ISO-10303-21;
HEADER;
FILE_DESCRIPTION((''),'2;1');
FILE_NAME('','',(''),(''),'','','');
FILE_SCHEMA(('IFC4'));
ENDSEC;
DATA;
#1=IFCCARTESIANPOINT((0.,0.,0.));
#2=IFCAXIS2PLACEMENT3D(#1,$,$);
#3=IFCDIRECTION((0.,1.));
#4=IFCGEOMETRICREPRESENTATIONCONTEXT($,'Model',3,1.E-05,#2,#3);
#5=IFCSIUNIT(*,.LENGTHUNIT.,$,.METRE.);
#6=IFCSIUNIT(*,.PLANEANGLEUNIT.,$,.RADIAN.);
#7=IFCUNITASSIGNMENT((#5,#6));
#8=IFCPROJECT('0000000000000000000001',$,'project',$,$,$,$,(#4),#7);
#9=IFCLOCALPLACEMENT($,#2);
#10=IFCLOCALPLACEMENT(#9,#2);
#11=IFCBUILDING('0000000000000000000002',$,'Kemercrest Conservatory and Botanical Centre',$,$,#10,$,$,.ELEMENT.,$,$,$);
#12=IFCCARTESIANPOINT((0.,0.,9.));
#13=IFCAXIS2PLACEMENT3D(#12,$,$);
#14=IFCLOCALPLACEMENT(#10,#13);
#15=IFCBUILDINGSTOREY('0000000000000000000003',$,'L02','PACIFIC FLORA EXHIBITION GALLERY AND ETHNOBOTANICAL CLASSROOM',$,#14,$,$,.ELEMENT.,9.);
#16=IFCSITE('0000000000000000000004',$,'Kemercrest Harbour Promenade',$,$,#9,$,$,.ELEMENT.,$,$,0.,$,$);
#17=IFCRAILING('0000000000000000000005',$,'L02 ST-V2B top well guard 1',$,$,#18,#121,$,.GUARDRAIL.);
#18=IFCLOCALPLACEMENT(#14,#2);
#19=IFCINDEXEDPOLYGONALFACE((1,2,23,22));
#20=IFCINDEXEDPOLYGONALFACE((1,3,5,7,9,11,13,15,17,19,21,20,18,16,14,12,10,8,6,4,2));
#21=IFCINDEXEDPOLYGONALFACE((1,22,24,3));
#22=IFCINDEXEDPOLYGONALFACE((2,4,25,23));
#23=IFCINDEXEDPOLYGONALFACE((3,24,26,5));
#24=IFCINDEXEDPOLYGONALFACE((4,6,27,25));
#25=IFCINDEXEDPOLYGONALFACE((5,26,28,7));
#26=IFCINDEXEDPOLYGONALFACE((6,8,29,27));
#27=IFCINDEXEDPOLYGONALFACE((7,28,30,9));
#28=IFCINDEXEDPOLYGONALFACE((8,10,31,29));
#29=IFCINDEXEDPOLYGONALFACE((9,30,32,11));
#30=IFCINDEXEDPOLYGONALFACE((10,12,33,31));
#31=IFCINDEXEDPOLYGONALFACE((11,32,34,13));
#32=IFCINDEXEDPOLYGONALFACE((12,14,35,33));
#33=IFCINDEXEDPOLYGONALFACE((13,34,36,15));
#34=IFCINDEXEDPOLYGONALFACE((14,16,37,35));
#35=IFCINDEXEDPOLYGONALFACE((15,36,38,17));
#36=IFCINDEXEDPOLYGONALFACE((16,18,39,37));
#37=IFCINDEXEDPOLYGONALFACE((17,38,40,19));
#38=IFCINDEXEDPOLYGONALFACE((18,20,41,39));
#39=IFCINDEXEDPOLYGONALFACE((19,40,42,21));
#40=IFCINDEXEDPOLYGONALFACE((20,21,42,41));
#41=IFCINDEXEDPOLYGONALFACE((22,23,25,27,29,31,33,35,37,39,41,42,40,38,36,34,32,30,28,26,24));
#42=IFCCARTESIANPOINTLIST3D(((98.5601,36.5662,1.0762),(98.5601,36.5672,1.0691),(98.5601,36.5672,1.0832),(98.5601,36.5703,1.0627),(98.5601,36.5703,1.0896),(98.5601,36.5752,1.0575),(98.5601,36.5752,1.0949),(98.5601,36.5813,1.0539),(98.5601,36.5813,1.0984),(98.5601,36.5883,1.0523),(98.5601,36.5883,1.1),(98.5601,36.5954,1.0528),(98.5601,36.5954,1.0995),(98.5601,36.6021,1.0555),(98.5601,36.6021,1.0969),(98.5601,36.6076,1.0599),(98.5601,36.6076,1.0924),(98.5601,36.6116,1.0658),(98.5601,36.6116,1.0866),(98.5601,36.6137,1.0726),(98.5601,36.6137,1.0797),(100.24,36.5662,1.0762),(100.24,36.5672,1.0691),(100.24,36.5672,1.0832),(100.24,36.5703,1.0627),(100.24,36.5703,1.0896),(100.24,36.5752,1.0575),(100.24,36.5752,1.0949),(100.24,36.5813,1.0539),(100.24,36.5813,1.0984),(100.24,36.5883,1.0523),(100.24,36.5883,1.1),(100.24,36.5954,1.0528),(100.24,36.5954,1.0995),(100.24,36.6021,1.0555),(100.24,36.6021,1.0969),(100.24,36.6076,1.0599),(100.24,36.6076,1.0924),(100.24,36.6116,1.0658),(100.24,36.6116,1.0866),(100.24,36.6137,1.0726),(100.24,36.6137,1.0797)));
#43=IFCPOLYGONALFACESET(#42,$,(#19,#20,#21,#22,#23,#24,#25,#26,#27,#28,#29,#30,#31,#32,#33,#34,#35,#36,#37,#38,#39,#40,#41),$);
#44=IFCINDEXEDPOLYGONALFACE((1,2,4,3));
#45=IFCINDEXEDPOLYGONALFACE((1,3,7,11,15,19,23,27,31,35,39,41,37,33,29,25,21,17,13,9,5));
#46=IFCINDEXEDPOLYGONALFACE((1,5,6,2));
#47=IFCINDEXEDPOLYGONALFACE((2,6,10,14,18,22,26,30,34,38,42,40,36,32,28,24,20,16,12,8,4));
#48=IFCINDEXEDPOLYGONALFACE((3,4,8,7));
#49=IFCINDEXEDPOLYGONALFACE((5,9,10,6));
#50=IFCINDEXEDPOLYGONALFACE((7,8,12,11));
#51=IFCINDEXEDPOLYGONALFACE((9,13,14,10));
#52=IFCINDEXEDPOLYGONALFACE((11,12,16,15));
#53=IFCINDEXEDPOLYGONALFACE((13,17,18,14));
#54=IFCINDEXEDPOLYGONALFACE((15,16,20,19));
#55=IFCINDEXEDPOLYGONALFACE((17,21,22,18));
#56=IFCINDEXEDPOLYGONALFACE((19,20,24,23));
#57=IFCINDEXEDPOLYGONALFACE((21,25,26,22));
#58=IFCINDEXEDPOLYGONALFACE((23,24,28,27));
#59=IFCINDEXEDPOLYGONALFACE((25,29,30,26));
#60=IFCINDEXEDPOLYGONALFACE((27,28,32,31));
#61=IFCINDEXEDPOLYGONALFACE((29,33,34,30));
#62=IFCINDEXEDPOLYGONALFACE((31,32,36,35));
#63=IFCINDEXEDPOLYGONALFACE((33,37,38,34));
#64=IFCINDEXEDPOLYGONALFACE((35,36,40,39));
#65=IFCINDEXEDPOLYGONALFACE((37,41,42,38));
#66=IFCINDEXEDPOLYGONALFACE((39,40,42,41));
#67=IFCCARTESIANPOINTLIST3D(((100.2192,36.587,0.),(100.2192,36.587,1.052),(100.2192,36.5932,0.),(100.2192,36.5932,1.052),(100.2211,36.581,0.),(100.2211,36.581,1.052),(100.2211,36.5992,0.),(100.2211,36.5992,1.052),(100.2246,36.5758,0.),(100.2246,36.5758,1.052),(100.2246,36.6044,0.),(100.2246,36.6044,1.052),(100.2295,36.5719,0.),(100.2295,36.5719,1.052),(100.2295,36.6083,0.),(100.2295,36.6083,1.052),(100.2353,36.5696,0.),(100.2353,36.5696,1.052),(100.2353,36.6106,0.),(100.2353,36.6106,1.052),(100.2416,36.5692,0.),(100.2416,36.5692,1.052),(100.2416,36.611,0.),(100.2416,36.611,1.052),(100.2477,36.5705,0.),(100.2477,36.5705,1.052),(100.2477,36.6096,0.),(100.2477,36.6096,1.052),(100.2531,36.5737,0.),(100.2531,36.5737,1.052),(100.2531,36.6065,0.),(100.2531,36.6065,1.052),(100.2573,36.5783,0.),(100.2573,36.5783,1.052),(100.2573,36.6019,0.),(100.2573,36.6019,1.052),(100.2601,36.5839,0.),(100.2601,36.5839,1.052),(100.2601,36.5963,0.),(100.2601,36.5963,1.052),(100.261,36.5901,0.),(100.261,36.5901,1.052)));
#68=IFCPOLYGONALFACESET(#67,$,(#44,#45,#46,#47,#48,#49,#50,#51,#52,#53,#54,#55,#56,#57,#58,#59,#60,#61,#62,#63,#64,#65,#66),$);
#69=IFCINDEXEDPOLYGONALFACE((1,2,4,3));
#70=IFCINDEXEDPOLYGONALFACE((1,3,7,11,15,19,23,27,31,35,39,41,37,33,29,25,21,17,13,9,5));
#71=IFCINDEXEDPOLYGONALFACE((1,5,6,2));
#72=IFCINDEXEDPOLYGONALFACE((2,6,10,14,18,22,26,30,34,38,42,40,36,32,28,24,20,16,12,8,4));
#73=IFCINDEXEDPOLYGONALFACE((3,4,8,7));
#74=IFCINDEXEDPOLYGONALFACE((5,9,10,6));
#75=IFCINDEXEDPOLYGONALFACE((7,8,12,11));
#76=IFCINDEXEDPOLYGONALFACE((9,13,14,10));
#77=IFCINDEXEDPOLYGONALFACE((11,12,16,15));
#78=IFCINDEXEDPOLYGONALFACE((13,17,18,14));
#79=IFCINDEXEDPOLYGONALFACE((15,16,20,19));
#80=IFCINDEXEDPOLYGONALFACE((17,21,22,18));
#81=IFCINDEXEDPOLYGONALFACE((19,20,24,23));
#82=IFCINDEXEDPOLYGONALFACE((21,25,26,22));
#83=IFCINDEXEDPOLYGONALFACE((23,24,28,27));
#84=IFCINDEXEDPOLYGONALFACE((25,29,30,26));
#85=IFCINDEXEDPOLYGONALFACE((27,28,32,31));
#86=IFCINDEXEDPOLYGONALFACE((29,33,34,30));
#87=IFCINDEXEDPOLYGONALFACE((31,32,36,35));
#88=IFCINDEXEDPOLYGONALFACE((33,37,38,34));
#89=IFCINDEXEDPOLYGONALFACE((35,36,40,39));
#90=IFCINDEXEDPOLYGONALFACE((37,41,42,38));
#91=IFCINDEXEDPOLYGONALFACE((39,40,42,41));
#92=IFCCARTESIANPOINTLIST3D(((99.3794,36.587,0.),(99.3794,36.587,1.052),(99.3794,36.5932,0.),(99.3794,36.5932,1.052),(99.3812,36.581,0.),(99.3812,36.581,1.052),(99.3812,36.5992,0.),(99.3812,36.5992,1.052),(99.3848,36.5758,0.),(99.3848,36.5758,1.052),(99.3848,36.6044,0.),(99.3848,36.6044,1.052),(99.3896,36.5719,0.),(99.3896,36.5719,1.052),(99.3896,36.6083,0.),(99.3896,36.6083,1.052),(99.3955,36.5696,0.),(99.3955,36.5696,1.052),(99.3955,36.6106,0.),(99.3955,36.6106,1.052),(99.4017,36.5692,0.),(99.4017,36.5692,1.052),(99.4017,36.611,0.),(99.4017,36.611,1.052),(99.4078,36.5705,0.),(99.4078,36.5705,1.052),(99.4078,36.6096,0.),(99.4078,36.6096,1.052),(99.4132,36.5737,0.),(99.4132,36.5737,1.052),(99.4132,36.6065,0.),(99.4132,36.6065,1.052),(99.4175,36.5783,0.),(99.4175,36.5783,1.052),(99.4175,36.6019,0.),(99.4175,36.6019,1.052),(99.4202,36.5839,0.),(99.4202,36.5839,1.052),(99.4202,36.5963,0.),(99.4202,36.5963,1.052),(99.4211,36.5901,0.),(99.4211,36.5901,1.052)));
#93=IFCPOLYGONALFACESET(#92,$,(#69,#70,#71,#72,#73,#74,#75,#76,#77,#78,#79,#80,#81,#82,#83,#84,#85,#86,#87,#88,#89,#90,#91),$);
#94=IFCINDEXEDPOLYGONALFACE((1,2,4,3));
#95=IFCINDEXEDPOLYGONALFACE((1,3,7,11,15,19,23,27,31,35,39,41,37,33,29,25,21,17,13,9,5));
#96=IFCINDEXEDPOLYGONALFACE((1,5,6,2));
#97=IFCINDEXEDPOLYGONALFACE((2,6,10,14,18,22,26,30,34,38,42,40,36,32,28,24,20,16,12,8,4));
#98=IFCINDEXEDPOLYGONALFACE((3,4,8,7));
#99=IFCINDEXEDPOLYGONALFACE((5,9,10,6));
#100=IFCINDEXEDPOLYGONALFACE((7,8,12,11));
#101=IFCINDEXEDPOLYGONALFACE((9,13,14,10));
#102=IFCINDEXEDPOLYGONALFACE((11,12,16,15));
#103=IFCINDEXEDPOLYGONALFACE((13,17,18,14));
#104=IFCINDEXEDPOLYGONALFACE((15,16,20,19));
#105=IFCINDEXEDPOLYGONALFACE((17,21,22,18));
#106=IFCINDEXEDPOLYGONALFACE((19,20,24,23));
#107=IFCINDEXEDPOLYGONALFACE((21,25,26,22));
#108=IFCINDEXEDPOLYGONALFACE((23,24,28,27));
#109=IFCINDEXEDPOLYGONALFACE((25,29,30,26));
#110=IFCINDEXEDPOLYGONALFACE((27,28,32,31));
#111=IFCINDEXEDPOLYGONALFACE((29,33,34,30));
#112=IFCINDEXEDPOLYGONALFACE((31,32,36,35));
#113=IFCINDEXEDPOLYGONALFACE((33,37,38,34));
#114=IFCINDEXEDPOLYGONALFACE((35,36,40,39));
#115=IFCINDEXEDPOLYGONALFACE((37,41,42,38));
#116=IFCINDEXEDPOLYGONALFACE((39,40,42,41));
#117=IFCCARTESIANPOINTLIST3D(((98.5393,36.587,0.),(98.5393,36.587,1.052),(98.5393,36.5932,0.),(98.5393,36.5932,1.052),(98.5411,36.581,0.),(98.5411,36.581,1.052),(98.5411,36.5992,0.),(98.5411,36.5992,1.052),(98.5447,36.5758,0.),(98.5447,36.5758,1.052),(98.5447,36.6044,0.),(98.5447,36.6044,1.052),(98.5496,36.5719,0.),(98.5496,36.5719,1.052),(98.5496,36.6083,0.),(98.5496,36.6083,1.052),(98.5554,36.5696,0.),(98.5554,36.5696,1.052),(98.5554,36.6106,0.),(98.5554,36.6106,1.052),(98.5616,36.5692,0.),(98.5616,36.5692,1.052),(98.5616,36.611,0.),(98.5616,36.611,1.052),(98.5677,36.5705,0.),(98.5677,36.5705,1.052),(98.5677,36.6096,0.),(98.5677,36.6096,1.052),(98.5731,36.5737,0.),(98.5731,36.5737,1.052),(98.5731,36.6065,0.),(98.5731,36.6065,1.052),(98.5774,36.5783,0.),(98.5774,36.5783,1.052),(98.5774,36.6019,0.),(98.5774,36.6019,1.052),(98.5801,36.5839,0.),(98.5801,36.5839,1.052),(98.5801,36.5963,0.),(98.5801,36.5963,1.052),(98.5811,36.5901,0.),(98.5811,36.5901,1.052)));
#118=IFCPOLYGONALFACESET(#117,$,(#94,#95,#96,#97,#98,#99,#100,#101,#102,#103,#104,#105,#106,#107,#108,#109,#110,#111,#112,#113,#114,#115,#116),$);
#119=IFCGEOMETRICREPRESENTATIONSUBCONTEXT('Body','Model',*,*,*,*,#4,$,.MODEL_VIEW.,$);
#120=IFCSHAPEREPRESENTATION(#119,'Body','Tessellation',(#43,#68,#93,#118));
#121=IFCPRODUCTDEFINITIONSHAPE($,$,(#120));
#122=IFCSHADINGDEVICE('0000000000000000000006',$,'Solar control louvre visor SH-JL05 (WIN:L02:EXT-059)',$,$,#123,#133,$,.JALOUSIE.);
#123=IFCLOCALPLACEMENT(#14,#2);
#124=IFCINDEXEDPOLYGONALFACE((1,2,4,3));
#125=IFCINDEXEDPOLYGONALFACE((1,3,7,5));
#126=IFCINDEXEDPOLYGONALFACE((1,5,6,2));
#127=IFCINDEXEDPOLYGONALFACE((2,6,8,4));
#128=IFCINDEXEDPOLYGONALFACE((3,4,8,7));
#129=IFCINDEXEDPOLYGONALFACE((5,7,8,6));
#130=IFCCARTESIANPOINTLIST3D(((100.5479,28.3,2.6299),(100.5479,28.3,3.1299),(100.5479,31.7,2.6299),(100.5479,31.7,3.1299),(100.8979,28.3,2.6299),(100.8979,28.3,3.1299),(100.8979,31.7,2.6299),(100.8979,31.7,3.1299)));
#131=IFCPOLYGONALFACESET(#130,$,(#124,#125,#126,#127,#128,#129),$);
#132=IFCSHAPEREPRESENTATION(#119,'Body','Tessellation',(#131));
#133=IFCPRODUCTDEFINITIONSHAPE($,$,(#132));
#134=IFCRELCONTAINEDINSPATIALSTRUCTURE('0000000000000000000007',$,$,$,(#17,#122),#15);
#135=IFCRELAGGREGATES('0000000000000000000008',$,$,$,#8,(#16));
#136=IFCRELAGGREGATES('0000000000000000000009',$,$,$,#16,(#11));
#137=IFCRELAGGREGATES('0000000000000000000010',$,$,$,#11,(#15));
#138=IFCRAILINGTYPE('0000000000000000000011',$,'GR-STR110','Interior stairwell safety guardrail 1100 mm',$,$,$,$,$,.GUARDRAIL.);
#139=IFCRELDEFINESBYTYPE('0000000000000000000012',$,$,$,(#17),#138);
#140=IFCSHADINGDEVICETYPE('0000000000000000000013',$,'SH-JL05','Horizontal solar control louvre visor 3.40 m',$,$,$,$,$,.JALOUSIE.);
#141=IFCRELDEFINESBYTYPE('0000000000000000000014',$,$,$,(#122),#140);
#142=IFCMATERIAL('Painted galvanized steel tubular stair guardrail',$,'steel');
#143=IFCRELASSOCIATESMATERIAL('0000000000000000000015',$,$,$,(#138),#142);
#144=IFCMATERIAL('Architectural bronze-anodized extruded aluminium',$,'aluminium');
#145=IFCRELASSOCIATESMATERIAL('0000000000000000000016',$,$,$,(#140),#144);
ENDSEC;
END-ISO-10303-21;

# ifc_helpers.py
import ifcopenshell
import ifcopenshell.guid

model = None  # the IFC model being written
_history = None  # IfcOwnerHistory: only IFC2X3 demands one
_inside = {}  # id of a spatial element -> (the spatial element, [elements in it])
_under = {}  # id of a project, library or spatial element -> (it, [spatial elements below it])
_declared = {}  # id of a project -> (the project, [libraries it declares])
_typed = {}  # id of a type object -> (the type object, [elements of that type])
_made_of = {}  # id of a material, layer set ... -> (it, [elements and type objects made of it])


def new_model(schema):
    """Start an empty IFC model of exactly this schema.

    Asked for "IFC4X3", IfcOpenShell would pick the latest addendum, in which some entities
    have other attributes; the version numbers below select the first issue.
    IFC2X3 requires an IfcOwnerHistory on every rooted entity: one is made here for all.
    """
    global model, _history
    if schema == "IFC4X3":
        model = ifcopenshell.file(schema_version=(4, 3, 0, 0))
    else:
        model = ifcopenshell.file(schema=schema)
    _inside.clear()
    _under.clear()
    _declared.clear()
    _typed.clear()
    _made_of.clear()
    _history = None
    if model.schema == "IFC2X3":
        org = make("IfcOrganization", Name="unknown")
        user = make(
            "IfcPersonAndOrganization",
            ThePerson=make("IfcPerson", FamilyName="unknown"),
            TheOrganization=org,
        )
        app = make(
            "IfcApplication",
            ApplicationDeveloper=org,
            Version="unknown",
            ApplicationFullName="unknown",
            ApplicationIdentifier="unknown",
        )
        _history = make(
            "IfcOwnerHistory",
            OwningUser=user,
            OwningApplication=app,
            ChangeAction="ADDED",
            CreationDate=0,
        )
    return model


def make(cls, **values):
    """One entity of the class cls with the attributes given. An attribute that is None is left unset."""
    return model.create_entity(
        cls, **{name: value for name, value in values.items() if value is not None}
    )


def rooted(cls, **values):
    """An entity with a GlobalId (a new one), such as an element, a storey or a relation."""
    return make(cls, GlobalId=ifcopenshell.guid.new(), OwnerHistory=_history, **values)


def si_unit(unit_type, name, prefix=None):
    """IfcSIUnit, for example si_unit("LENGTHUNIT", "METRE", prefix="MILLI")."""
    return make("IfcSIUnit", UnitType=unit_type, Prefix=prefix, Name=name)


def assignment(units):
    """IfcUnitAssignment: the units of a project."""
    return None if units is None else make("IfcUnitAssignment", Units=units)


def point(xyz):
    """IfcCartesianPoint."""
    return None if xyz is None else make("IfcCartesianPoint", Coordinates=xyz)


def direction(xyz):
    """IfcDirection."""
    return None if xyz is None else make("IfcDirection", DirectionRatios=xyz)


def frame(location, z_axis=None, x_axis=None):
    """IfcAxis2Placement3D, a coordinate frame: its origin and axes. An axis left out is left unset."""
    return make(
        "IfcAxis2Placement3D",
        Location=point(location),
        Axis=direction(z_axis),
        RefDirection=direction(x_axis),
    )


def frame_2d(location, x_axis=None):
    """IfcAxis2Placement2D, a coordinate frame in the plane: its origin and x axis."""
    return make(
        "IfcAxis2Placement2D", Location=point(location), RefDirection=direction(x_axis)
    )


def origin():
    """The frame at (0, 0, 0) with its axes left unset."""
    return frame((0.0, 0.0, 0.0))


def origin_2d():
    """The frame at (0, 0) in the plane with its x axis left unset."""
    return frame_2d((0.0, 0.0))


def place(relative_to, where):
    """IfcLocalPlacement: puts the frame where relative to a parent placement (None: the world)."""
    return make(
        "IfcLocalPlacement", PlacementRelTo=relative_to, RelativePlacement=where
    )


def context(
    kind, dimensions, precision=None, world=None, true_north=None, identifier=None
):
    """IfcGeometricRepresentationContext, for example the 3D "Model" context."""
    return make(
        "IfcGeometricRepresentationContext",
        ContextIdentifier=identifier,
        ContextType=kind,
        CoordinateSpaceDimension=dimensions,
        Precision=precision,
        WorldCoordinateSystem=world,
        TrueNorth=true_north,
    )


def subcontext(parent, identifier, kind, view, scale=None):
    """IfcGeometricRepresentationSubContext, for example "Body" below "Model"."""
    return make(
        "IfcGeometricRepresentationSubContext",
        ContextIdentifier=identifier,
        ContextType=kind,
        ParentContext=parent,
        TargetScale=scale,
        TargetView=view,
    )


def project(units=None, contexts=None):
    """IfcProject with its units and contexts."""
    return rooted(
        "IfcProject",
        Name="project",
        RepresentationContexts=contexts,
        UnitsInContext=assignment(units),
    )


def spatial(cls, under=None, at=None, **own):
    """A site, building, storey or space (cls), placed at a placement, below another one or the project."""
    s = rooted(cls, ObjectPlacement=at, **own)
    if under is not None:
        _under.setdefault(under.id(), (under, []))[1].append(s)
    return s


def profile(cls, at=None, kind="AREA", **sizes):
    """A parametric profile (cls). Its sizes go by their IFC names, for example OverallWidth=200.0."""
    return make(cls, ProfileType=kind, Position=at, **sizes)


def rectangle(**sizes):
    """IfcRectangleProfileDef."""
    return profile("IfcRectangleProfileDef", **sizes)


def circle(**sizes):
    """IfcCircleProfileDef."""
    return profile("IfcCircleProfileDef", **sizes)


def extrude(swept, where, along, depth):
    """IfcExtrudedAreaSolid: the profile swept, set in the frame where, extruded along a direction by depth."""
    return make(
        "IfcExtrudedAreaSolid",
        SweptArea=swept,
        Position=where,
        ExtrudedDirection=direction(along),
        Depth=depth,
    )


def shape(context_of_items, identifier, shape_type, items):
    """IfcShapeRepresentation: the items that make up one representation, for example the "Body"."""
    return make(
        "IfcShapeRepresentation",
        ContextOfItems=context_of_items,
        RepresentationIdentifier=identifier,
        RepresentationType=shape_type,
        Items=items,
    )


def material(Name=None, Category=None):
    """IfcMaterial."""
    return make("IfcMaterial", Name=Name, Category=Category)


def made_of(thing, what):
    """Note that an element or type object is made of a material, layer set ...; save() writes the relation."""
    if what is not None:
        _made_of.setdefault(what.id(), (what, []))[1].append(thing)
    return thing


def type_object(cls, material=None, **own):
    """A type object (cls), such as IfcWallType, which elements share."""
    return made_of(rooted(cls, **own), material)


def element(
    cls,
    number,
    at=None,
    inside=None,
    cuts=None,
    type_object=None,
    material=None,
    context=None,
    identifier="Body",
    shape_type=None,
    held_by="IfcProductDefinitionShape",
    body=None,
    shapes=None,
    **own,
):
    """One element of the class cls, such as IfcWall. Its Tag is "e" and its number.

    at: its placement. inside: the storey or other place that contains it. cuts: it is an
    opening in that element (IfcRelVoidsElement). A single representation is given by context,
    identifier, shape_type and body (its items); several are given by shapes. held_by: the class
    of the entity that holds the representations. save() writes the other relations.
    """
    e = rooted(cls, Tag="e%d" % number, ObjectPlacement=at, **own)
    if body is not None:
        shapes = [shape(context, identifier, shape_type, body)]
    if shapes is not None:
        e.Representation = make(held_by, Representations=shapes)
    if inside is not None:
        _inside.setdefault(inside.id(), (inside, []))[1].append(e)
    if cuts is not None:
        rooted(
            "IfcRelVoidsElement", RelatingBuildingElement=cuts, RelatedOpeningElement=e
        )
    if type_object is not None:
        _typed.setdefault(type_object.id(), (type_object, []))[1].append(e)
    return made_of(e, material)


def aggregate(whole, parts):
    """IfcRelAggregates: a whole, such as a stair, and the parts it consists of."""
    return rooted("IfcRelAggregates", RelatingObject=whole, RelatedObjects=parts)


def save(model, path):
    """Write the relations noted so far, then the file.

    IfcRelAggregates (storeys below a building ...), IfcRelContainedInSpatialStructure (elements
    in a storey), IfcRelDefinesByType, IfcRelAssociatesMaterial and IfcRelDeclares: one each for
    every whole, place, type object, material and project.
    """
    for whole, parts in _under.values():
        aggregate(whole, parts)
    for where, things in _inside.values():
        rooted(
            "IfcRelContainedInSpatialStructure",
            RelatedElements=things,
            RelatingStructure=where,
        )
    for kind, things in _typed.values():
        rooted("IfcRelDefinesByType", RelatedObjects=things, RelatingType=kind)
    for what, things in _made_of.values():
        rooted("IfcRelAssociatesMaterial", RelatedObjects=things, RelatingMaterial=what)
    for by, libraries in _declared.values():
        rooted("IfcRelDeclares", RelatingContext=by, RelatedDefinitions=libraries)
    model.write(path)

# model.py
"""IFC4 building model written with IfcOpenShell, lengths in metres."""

from ifc_helpers import new_model, si_unit, direction, frame, origin, origin_2d, place, context, subcontext, project, spatial, rectangle, circle, extrude, material, type_object, element, save


model = new_model("IFC4")

# Units and contexts
model_context = context("Model", 3, precision=1e-05, world=origin(), true_north=direction((0.0, 1.0)))
body_context = subcontext(model_context, "Body", "Model", "MODEL_VIEW")
ifc_project = project(units=[si_unit("LENGTHUNIT", "METRE"), si_unit("PLANEANGLEUNIT", "RADIAN")], contexts=[model_context])

# Site, building, storey
site_placement = place(None, origin())
site = spatial("IfcSite", under=ifc_project, at=site_placement, Name="Kemercrest Harbour Promenade", CompositionType="ELEMENT", RefElevation=0.0)
building_placement = place(site_placement, origin())
building = spatial("IfcBuilding", under=site, at=building_placement, Name="Kemercrest Conservatory and Botanical Centre", CompositionType="ELEMENT")
storey_placement = place(building_placement, frame((0.0, 0.0, 9.0)))
storey = spatial("IfcBuildingStorey", under=building, at=storey_placement, Name="L02", Description="PACIFIC FLORA EXHIBITION GALLERY AND ETHNOBOTANICAL CLASSROOM", CompositionType="ELEMENT", Elevation=9.0)

# Railing
ifc_material_1 = material(Name="Painted galvanized steel tubular stair guardrail", Category="steel")
railing_type_1 = type_object("IfcRailingType", Name="GR-STR110", Description="Interior stairwell safety guardrail 1100 mm", PredefinedType="GUARDRAIL", material=ifc_material_1)
railing_1_placement = place(storey_placement, frame((100.24, 36.5901, 0.0)))
element("IfcRailing", 1, at=railing_1_placement, inside=storey, type_object=railing_type_1, Name="L02 ST-V2B top well guard 1", PredefinedType="GUARDRAIL", context=body_context, shape_type="SweptSolid", body=[
    extrude(circle(Radius=0.0239, at=origin_2d()), frame((0.0, 0.0, 1.0762), z_axis=(-1.0, 0.0, 0.0), x_axis=(0.0, -1.0, 0.0)), (0.0, 0.0, 1.0), 1.6799),
    extrude(circle(Radius=0.021, at=origin_2d()), origin(), (0.0, 0.0, 1.0), 1.052),
    extrude(circle(Radius=0.021, at=origin_2d()), frame((-0.8398, 0.0, 0.0)), (0.0, 0.0, 1.0), 1.052),
    extrude(circle(Radius=0.021, at=origin_2d()), frame((-1.6799, 0.0, 0.0)), (0.0, 0.0, 1.0), 1.052),
])

# Shading device
ifc_material_2 = material(Name="Architectural bronze-anodized extruded aluminium", Category="aluminium")
shading_device_type = type_object("IfcShadingDeviceType", Name="SH-JL05", Description="Horizontal solar control louvre visor 3.40 m", PredefinedType="JALOUSIE", material=ifc_material_2)
shading_device_placement = place(storey_placement, frame((100.7229, 30.0, 2.6299), z_axis=(0.0, 0.0, 1.0), x_axis=(0.0, 1.0, 0.0)))
element("IfcShadingDevice", 2, at=shading_device_placement, inside=storey, type_object=shading_device_type, Name="Solar control louvre visor SH-JL05 (WIN:L02:EXT-059)", PredefinedType="JALOUSIE", context=body_context, shape_type="SweptSolid", body=[
    extrude(rectangle(XDim=3.3999, YDim=0.3501, at=origin_2d()), origin(), (0.0, 0.0, 1.0), 0.5),
])

save(model, "model.ifc")
